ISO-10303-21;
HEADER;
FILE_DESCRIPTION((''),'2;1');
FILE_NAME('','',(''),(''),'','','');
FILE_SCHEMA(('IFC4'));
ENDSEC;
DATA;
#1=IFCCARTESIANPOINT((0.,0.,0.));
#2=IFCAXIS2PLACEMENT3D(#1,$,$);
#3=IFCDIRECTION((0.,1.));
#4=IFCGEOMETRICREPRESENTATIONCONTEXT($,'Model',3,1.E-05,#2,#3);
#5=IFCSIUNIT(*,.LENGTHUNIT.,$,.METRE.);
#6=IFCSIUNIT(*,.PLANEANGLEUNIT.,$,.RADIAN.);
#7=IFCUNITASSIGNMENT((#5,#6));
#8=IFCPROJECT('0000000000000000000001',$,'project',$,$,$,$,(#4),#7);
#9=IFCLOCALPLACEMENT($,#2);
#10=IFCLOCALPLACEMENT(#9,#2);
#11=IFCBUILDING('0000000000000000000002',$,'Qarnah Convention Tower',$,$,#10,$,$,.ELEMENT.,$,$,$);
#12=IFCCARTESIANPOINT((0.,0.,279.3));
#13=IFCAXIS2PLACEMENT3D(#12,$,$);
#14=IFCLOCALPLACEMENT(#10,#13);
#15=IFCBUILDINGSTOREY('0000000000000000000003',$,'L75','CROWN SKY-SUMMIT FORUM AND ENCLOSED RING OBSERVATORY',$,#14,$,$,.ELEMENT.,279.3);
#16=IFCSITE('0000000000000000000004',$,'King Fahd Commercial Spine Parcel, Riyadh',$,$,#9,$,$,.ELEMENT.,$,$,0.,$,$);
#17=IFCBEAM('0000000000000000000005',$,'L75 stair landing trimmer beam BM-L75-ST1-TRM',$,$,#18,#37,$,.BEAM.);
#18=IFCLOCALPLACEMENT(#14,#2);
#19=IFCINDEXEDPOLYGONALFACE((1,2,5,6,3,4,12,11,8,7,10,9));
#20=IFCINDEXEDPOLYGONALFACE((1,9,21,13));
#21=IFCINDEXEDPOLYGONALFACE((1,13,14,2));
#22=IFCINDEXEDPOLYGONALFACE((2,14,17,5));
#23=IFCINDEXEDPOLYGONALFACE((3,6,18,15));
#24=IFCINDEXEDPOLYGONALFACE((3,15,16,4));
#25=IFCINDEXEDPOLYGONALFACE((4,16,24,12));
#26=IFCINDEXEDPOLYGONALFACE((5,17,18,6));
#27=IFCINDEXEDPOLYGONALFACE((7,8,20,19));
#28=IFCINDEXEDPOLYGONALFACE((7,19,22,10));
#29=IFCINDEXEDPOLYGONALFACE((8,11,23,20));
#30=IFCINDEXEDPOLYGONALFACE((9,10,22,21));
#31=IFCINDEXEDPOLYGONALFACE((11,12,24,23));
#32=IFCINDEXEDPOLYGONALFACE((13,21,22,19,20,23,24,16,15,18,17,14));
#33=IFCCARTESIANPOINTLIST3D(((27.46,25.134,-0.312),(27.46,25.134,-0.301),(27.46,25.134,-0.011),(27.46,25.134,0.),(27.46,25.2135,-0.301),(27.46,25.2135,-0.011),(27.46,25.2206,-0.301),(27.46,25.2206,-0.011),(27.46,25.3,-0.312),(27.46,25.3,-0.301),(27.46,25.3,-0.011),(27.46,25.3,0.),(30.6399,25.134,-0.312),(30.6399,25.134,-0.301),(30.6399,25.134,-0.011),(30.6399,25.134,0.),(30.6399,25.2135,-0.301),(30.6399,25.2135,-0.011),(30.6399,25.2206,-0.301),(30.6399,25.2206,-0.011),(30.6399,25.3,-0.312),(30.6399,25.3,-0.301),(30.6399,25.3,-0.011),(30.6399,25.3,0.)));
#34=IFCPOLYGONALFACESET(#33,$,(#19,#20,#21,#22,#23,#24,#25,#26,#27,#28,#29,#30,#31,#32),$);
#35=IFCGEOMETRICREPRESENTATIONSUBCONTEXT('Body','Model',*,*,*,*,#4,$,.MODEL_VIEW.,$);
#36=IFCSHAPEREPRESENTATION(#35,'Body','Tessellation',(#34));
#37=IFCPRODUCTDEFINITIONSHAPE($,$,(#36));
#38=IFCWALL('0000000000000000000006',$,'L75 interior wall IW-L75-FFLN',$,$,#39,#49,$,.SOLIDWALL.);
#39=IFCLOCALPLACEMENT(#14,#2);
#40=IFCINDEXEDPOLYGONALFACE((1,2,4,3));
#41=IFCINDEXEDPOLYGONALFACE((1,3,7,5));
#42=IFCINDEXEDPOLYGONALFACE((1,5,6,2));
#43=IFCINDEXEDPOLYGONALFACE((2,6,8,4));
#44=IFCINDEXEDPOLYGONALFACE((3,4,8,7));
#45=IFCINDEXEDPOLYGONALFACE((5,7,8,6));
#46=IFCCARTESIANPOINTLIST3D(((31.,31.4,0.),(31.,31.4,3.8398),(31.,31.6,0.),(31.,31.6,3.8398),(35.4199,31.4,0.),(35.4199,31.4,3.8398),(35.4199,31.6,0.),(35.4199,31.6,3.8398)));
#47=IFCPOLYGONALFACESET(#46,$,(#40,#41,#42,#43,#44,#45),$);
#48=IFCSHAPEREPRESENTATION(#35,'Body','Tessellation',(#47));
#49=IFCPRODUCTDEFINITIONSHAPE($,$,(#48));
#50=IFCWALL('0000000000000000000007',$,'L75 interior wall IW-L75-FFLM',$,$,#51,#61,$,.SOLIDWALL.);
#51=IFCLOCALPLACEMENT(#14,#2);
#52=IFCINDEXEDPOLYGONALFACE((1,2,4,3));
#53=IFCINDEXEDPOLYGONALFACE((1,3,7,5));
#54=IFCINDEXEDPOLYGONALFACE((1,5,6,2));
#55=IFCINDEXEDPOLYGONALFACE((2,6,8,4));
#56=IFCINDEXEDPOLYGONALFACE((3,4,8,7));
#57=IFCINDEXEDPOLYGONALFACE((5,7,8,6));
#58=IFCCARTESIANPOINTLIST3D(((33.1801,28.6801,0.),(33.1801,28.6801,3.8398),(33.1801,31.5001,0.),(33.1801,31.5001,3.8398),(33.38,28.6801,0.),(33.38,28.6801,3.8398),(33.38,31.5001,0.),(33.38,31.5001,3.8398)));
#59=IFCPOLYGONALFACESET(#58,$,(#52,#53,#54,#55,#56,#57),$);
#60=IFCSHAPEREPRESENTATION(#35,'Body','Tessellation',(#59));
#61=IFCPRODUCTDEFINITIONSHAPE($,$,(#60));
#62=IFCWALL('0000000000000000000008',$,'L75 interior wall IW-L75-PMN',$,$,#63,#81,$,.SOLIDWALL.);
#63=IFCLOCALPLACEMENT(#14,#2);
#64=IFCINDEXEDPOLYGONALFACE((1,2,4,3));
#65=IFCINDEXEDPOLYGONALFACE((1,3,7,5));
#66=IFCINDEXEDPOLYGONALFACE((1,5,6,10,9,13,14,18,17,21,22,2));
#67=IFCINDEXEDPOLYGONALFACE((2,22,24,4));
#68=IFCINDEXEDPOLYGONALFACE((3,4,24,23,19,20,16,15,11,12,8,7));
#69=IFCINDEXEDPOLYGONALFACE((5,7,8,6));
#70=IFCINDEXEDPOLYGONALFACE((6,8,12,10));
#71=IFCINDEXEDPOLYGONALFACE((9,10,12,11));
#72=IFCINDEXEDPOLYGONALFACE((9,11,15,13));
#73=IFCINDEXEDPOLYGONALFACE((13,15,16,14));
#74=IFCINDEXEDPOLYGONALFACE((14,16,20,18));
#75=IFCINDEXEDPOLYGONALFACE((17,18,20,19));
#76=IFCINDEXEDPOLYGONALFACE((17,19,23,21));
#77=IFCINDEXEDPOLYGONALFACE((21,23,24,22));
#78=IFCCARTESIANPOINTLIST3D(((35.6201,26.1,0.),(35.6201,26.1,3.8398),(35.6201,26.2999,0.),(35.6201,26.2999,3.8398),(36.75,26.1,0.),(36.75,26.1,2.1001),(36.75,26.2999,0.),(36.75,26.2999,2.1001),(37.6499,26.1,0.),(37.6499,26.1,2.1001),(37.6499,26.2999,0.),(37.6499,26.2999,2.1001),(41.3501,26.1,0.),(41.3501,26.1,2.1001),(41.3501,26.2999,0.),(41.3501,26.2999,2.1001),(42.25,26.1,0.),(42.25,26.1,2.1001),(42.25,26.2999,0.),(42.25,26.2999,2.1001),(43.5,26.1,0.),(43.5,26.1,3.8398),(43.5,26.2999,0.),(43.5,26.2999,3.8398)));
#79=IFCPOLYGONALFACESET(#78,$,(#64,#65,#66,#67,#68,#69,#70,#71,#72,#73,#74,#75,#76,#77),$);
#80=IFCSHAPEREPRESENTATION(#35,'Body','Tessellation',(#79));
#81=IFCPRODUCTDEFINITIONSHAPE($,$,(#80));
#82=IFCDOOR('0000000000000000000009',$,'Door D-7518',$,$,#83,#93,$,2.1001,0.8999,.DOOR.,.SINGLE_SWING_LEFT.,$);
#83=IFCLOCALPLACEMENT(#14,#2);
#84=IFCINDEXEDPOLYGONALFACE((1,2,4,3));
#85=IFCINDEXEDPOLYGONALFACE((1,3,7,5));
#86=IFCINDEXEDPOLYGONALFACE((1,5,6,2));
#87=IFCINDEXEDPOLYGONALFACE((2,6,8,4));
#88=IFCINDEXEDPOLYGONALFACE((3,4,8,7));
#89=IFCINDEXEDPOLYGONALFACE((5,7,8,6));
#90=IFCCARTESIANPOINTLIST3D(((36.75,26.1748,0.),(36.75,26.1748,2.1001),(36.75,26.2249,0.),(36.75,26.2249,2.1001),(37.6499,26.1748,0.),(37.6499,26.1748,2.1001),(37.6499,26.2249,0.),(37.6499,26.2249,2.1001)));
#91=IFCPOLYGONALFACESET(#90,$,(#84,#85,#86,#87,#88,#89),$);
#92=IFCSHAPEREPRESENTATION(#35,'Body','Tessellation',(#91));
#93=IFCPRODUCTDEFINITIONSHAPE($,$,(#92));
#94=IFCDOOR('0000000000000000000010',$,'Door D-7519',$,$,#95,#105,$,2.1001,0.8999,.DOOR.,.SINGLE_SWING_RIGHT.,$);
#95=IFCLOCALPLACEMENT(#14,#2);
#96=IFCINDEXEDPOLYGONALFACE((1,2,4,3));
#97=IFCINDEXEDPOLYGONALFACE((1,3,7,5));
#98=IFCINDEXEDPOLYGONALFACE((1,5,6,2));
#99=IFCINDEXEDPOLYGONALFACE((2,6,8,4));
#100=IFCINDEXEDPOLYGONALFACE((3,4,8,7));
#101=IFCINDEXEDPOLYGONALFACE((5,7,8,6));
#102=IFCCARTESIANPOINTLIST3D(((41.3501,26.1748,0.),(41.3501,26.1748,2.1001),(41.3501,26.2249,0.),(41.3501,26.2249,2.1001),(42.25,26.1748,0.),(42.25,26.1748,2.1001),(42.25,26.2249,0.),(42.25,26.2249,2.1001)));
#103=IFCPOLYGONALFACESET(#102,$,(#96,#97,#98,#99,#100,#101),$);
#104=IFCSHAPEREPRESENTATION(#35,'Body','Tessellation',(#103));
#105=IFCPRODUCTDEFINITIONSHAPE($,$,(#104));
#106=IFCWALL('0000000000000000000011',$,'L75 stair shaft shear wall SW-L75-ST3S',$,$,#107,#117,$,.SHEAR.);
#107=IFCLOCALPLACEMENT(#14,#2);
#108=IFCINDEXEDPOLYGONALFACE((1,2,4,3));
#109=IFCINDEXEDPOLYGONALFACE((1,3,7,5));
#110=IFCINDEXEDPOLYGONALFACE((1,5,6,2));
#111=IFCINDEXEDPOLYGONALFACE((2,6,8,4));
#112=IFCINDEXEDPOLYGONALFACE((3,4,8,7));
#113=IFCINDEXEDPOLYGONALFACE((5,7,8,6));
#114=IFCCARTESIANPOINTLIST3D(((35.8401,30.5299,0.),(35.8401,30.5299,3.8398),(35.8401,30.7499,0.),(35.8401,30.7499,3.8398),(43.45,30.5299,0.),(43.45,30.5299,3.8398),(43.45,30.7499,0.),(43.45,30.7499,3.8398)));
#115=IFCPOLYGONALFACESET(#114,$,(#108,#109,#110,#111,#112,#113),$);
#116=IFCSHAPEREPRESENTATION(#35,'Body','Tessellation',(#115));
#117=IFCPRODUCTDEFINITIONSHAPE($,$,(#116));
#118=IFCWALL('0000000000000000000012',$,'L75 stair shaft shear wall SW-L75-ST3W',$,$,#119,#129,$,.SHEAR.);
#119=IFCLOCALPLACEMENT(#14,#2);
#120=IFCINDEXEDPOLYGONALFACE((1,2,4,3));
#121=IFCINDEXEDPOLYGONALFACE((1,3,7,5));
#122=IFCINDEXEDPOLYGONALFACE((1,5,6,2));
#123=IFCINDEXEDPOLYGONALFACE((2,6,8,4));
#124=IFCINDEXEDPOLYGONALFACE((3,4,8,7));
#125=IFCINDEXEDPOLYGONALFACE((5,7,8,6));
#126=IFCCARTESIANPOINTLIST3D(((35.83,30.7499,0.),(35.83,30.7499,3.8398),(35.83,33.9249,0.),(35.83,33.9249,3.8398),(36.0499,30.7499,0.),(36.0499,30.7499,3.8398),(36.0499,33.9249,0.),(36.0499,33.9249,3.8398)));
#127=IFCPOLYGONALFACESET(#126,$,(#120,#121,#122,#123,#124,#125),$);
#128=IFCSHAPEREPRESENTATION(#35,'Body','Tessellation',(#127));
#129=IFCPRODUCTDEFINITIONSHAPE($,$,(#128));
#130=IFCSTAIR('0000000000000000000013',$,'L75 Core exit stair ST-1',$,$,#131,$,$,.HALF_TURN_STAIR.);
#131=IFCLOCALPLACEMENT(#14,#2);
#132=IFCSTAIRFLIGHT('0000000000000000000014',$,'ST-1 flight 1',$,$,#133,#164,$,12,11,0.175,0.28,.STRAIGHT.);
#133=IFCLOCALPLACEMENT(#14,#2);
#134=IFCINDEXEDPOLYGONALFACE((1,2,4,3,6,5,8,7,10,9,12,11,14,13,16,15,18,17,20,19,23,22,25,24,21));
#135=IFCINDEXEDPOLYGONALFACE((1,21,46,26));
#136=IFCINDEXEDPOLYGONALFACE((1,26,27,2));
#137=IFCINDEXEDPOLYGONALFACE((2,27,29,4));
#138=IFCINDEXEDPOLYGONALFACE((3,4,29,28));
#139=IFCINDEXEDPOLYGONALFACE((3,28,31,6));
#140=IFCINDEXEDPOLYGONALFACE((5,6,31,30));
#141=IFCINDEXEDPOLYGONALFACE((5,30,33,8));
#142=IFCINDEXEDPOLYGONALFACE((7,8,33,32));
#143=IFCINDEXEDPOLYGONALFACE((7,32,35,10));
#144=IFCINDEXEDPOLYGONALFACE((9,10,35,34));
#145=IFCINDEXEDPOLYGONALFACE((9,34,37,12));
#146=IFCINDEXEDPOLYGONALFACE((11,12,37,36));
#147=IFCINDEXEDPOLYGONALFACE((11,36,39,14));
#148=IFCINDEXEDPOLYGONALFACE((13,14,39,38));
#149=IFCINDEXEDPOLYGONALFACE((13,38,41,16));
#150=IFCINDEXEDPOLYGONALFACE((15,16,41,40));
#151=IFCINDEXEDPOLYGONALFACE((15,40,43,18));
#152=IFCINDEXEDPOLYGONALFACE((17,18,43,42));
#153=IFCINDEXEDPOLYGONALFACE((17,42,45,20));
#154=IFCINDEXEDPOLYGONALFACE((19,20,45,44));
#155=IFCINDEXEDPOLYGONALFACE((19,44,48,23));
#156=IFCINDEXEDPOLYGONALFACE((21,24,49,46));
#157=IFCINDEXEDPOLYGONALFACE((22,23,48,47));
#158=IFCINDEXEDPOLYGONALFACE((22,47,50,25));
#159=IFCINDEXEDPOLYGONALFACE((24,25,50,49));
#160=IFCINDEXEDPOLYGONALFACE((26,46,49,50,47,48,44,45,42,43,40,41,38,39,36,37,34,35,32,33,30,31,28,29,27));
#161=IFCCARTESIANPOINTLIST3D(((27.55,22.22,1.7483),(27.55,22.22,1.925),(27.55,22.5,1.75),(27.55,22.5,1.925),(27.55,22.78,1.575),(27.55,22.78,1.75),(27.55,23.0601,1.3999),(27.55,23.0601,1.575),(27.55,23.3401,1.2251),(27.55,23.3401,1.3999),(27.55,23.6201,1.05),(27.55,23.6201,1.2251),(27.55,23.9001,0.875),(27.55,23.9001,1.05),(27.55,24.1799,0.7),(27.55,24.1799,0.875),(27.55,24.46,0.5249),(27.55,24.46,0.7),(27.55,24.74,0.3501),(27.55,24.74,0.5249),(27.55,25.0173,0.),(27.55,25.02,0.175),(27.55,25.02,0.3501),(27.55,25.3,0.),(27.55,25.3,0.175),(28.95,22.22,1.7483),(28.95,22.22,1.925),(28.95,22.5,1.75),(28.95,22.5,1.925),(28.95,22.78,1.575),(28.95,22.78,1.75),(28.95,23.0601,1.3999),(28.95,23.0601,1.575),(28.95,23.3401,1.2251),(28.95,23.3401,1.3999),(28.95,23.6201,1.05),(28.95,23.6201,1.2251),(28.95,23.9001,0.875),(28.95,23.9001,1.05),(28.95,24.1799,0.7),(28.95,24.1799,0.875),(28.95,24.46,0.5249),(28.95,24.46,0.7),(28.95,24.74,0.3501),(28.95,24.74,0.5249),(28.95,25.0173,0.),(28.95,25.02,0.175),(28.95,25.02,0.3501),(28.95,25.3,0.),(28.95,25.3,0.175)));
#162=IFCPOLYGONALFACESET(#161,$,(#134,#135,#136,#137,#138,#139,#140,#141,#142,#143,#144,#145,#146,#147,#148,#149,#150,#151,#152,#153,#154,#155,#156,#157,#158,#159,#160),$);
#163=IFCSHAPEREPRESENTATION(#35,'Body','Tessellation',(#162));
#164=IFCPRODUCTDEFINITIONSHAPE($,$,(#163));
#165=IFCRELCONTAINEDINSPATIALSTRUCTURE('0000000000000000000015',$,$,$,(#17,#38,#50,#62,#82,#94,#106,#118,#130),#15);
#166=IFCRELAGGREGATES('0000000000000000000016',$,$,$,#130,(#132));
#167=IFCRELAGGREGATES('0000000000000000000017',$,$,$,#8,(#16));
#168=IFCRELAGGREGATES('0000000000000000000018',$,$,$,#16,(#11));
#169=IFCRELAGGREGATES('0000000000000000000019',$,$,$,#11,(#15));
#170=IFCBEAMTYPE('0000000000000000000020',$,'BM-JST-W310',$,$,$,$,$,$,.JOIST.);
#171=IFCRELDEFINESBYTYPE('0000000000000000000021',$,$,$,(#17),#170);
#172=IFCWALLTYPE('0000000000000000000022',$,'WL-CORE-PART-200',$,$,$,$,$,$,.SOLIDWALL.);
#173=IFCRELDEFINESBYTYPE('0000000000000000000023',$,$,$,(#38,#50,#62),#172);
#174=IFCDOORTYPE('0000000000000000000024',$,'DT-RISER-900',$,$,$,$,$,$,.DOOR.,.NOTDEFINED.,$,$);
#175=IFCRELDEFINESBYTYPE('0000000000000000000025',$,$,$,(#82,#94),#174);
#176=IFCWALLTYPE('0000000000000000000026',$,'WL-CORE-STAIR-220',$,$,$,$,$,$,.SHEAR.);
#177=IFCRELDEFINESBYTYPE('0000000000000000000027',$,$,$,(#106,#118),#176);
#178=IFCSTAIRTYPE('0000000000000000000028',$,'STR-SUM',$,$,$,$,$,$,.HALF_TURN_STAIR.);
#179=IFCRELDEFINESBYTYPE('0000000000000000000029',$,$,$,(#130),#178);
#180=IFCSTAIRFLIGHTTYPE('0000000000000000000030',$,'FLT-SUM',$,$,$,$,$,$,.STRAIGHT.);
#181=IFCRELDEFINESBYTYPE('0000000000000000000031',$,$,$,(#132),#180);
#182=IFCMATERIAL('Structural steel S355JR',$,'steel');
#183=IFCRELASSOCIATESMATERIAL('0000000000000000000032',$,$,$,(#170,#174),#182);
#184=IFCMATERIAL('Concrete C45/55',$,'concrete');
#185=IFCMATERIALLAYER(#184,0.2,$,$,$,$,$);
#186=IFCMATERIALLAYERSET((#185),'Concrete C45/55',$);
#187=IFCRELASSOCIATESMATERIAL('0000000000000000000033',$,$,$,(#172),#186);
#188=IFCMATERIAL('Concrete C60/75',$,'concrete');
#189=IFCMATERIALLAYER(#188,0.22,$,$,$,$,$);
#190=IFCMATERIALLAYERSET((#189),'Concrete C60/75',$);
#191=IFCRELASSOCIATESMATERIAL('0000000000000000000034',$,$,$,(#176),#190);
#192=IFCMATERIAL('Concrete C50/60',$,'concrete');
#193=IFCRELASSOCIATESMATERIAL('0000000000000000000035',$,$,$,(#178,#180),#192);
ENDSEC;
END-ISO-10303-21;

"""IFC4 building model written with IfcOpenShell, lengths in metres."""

from ifc_helpers import new_model, si_unit, direction, frame, frame_2d, origin, origin_2d, place, context, subcontext, project, spatial, polyline, rectangle, i_section, outline, extrude, material, layer, layer_set, material_profile, profile_set, type_object, element, fill, aggregate, save


model = new_model("IFC4")

# Units and contexts
model_context = context("Model", 3, precision=1e-05, world=origin(), true_north=direction((0.0, 1.0)))
body_context = subcontext(model_context, "Body", "Model", "MODEL_VIEW")
ifc_project = project(units=[si_unit("LENGTHUNIT", "METRE"), si_unit("PLANEANGLEUNIT", "RADIAN")], contexts=[model_context])

# Site, building, storey
site_placement = place(None, origin())
site = spatial("IfcSite", under=ifc_project, at=site_placement, Name="King Fahd Commercial Spine Parcel, Riyadh", CompositionType="ELEMENT", RefElevation=0.0)
building_placement = place(site_placement, origin())
building = spatial("IfcBuilding", under=site, at=building_placement, Name="Qarnah Convention Tower", CompositionType="ELEMENT")
storey_placement = place(building_placement, frame((0.0, 0.0, 279.3)))
storey = spatial("IfcBuildingStorey", under=building, at=storey_placement, Name="L75", Description="CROWN SKY-SUMMIT FORUM AND ENCLOSED RING OBSERVATORY", CompositionType="ELEMENT", Elevation=279.3)

# Beam
ifc_material_1 = material(Name="Structural steel S355JR", Category="steel")
ifc_material_profile = material_profile(ifc_material_1, i_section(OverallWidth=0.166, OverallDepth=0.312, WebThickness=0.0071, FlangeThickness=0.011, at=origin_2d()), Name="W310X45")
ifc_profile_set = profile_set([ifc_material_profile], Name="Structural steel S355JR")
beam_type = type_object("IfcBeamType", Name="BM-JST-W310", PredefinedType="JOIST", material=ifc_profile_set)
beam_placement = place(storey_placement, frame((27.46, 25.217, -0.156), z_axis=(1.0, 0.0, 0.0), x_axis=(0.0, 1.0, 0.0)))
element("IfcBeam", 1, at=beam_placement, inside=storey, type_object=beam_type, Name="L75 stair landing trimmer beam BM-L75-ST1-TRM", PredefinedType="BEAM", context=body_context, shape_type="SweptSolid", body=[
    extrude(i_section(OverallWidth=0.166, OverallDepth=0.312, WebThickness=0.0071, FlangeThickness=0.011, at=origin_2d()), origin(), (0.0, 0.0, 1.0), 3.1799),
])

# Shared definitions
ifc_material_2 = material(Name="Concrete C45/55", Category="concrete")
ifc_layer_1 = layer(ifc_material_2, 0.2)
ifc_layer_set_1 = layer_set([ifc_layer_1], Name="Concrete C45/55")
wall_type_1 = type_object("IfcWallType", Name="WL-CORE-PART-200", PredefinedType="SOLIDWALL", material=ifc_layer_set_1)

# Walls
wall_1_placement = place(storey_placement, frame((31.0, 31.5, 0.0), z_axis=(0.0, 0.0, 1.0), x_axis=(1.0, 0.0, 0.0)))
element("IfcWall", 2, at=wall_1_placement, inside=storey, type_object=wall_type_1, Name="L75 interior wall IW-L75-FFLN", PredefinedType="SOLIDWALL", context=body_context, shape_type="SweptSolid", body=[
    extrude(rectangle(XDim=4.4199, YDim=0.2, at=frame_2d((2.21, 0.0))), origin(), (0.0, 0.0, 1.0), 3.8398),
])
wall_2_placement = place(storey_placement, frame((33.28, 28.6799, 0.0), z_axis=(0.0, 0.0, 1.0), x_axis=(0.0, 1.0, 0.0)))
element("IfcWall", 3, at=wall_2_placement, inside=storey, type_object=wall_type_1, Name="L75 interior wall IW-L75-FFLM", PredefinedType="SOLIDWALL", context=body_context, shape_type="SweptSolid", body=[
    extrude(rectangle(XDim=2.8201, YDim=0.2, at=frame_2d((1.4102, 0.0))), origin(), (0.0, 0.0, 1.0), 3.8398),
])

# Wall, openings, doors
door_type_1 = type_object("IfcDoorType", Name="DT-RISER-900", OperationType="NOTDEFINED", PredefinedType="DOOR", material=ifc_material_1)
wall_3_placement = place(storey_placement, frame((35.6201, 26.2, 0.0), z_axis=(0.0, 0.0, 1.0), x_axis=(1.0, 0.0, 0.0)))
wall_3 = element("IfcWall", 4, at=wall_3_placement, inside=storey, type_object=wall_type_1, Name="L75 interior wall IW-L75-PMN", PredefinedType="SOLIDWALL", context=body_context, shape_type="SweptSolid", body=[
    extrude(rectangle(XDim=7.8799, YDim=0.2, at=frame_2d((3.9399, 0.0))), origin(), (0.0, 0.0, 1.0), 3.8398),
])
opening_1_placement = place(wall_3_placement, frame((1.1299, 0.0, 0.0)))
opening_1 = element("IfcOpeningElement", 5, at=opening_1_placement, cuts=wall_3, PredefinedType="OPENING", context=body_context, shape_type="SweptSolid", body=[
    extrude(rectangle(XDim=0.8999, YDim=2.1001, at=frame_2d((0.45, 1.05))), frame((0.0, 0.1099, 0.0), z_axis=(0.0, -1.0, 0.0), x_axis=(1.0, 0.0, 0.0)), (0.0, 0.0, 1.0), 0.22),
])
opening_2_placement = place(wall_3_placement, frame((5.73, 0.0, 0.0)))
opening_2 = element("IfcOpeningElement", 6, at=opening_2_placement, cuts=wall_3, PredefinedType="OPENING", context=body_context, shape_type="SweptSolid", body=[
    extrude(rectangle(XDim=0.8999, YDim=2.1001, at=frame_2d((0.45, 1.05))), frame((0.0, 0.1099, 0.0), z_axis=(0.0, -1.0, 0.0), x_axis=(1.0, 0.0, 0.0)), (0.0, 0.0, 1.0), 0.22),
])
door_1_placement = place(opening_1_placement, origin())
door_1 = element("IfcDoor", 7, at=door_1_placement, inside=storey, type_object=door_type_1, Name="Door D-7518", OperationType="SINGLE_SWING_LEFT", OverallHeight=2.1001, OverallWidth=0.8999, PredefinedType="DOOR", context=body_context, shape_type="SweptSolid", body=[
    extrude(rectangle(XDim=0.8999, YDim=2.1001, at=frame_2d((0.45, 1.05))), frame((0.0, 0.0249, 0.0), z_axis=(0.0, -1.0, 0.0), x_axis=(1.0, 0.0, 0.0)), (0.0, 0.0, 1.0), 0.05),
])
fill(opening_1, door_1)
door_2_placement = place(opening_2_placement, origin())
door_2 = element("IfcDoor", 8, at=door_2_placement, inside=storey, type_object=door_type_1, Name="Door D-7519", OperationType="SINGLE_SWING_RIGHT", OverallHeight=2.1001, OverallWidth=0.8999, PredefinedType="DOOR", context=body_context, shape_type="SweptSolid", body=[
    extrude(rectangle(XDim=0.8999, YDim=2.1001, at=frame_2d((0.45, 1.05))), frame((0.0, 0.0249, 0.0), z_axis=(0.0, -1.0, 0.0), x_axis=(1.0, 0.0, 0.0)), (0.0, 0.0, 1.0), 0.05),
])
fill(opening_2, door_2)

# Walls
ifc_material_3 = material(Name="Concrete C60/75", Category="concrete")
ifc_layer_2 = layer(ifc_material_3, 0.22)
ifc_layer_set_2 = layer_set([ifc_layer_2], Name="Concrete C60/75")
wall_type_2 = type_object("IfcWallType", Name="WL-CORE-STAIR-220", PredefinedType="SHEAR", material=ifc_layer_set_2)
wall_4_placement = place(storey_placement, frame((35.8401, 30.6399, 0.0), z_axis=(0.0, 0.0, 1.0), x_axis=(1.0, 0.0, 0.0)))
element("IfcWall", 9, at=wall_4_placement, inside=storey, type_object=wall_type_2, Name="L75 stair shaft shear wall SW-L75-ST3S", PredefinedType="SHEAR", context=body_context, shape_type="SweptSolid", body=[
    extrude(rectangle(XDim=7.6099, YDim=0.22, at=frame_2d((3.8049, 0.0))), origin(), (0.0, 0.0, 1.0), 3.8398),
])
wall_5_placement = place(storey_placement, frame((35.9399, 30.75, 0.0), z_axis=(0.0, 0.0, 1.0), x_axis=(0.0, 1.0, 0.0)))
element("IfcWall", 10, at=wall_5_placement, inside=storey, type_object=wall_type_2, Name="L75 stair shaft shear wall SW-L75-ST3W", PredefinedType="SHEAR", context=body_context, shape_type="SweptSolid", body=[
    extrude(rectangle(XDim=3.175, YDim=0.22, at=frame_2d((1.5874, 0.0))), origin(), (0.0, 0.0, 1.0), 3.8398),
])

# Stair, stair flight
ifc_material_4 = material(Name="Concrete C50/60", Category="concrete")
stair_type = type_object("IfcStairType", Name="STR-SUM", PredefinedType="HALF_TURN_STAIR", material=ifc_material_4)
stair_placement = place(storey_placement, origin())
stair = element("IfcStair", 11, at=stair_placement, inside=storey, type_object=stair_type, Name="L75 Core exit stair ST-1", PredefinedType="HALF_TURN_STAIR")
stair_flight_type = type_object("IfcStairFlightType", Name="FLT-SUM", PredefinedType="STRAIGHT", material=ifc_material_4)
stair_flight_placement = place(storey_placement, frame((28.25, 25.3, 0.0), z_axis=(0.0, 0.0, 1.0), x_axis=(0.0, -1.0, 0.0)))
stair_flight = element("IfcStairFlight", 12, at=stair_flight_placement, type_object=stair_flight_type, Name="ST-1 flight 1", NumberOfRisers=12, NumberOfTreads=11, PredefinedType="STRAIGHT", RiserHeight=0.175, TreadLength=0.28, context=body_context, shape_type="SweptSolid", body=[
    extrude(outline(polyline([(0.0, 0.0), (0.0, 0.175), (0.28, 0.175), (0.28, 0.3501), (0.5601, 0.3501), (0.5601, 0.5249), (0.8401, 0.5249), (0.8401, 0.7), (1.1201, 0.7), (1.1201, 0.875), (1.3999, 0.875), (1.3999, 1.05), (1.6799, 1.05), (1.6799, 1.2251), (1.96, 1.2251), (1.96, 1.3999), (2.24, 1.3999), (2.24, 1.575), (2.52, 1.575), (2.52, 1.75), (2.8, 1.75), (2.8, 1.925), (3.0801, 1.925), (3.0801, 2.1001), (3.0801, 1.7483), (0.2827, 0.0), (0.0, 0.0)])), frame((0.0, 0.7, 0.0), z_axis=(0.0, -1.0, 0.0), x_axis=(1.0, 0.0, 0.0)), (0.0, 0.0, 1.0), 1.3999),
])
aggregate(stair, [stair_flight])

save(model, "model.ifc")
